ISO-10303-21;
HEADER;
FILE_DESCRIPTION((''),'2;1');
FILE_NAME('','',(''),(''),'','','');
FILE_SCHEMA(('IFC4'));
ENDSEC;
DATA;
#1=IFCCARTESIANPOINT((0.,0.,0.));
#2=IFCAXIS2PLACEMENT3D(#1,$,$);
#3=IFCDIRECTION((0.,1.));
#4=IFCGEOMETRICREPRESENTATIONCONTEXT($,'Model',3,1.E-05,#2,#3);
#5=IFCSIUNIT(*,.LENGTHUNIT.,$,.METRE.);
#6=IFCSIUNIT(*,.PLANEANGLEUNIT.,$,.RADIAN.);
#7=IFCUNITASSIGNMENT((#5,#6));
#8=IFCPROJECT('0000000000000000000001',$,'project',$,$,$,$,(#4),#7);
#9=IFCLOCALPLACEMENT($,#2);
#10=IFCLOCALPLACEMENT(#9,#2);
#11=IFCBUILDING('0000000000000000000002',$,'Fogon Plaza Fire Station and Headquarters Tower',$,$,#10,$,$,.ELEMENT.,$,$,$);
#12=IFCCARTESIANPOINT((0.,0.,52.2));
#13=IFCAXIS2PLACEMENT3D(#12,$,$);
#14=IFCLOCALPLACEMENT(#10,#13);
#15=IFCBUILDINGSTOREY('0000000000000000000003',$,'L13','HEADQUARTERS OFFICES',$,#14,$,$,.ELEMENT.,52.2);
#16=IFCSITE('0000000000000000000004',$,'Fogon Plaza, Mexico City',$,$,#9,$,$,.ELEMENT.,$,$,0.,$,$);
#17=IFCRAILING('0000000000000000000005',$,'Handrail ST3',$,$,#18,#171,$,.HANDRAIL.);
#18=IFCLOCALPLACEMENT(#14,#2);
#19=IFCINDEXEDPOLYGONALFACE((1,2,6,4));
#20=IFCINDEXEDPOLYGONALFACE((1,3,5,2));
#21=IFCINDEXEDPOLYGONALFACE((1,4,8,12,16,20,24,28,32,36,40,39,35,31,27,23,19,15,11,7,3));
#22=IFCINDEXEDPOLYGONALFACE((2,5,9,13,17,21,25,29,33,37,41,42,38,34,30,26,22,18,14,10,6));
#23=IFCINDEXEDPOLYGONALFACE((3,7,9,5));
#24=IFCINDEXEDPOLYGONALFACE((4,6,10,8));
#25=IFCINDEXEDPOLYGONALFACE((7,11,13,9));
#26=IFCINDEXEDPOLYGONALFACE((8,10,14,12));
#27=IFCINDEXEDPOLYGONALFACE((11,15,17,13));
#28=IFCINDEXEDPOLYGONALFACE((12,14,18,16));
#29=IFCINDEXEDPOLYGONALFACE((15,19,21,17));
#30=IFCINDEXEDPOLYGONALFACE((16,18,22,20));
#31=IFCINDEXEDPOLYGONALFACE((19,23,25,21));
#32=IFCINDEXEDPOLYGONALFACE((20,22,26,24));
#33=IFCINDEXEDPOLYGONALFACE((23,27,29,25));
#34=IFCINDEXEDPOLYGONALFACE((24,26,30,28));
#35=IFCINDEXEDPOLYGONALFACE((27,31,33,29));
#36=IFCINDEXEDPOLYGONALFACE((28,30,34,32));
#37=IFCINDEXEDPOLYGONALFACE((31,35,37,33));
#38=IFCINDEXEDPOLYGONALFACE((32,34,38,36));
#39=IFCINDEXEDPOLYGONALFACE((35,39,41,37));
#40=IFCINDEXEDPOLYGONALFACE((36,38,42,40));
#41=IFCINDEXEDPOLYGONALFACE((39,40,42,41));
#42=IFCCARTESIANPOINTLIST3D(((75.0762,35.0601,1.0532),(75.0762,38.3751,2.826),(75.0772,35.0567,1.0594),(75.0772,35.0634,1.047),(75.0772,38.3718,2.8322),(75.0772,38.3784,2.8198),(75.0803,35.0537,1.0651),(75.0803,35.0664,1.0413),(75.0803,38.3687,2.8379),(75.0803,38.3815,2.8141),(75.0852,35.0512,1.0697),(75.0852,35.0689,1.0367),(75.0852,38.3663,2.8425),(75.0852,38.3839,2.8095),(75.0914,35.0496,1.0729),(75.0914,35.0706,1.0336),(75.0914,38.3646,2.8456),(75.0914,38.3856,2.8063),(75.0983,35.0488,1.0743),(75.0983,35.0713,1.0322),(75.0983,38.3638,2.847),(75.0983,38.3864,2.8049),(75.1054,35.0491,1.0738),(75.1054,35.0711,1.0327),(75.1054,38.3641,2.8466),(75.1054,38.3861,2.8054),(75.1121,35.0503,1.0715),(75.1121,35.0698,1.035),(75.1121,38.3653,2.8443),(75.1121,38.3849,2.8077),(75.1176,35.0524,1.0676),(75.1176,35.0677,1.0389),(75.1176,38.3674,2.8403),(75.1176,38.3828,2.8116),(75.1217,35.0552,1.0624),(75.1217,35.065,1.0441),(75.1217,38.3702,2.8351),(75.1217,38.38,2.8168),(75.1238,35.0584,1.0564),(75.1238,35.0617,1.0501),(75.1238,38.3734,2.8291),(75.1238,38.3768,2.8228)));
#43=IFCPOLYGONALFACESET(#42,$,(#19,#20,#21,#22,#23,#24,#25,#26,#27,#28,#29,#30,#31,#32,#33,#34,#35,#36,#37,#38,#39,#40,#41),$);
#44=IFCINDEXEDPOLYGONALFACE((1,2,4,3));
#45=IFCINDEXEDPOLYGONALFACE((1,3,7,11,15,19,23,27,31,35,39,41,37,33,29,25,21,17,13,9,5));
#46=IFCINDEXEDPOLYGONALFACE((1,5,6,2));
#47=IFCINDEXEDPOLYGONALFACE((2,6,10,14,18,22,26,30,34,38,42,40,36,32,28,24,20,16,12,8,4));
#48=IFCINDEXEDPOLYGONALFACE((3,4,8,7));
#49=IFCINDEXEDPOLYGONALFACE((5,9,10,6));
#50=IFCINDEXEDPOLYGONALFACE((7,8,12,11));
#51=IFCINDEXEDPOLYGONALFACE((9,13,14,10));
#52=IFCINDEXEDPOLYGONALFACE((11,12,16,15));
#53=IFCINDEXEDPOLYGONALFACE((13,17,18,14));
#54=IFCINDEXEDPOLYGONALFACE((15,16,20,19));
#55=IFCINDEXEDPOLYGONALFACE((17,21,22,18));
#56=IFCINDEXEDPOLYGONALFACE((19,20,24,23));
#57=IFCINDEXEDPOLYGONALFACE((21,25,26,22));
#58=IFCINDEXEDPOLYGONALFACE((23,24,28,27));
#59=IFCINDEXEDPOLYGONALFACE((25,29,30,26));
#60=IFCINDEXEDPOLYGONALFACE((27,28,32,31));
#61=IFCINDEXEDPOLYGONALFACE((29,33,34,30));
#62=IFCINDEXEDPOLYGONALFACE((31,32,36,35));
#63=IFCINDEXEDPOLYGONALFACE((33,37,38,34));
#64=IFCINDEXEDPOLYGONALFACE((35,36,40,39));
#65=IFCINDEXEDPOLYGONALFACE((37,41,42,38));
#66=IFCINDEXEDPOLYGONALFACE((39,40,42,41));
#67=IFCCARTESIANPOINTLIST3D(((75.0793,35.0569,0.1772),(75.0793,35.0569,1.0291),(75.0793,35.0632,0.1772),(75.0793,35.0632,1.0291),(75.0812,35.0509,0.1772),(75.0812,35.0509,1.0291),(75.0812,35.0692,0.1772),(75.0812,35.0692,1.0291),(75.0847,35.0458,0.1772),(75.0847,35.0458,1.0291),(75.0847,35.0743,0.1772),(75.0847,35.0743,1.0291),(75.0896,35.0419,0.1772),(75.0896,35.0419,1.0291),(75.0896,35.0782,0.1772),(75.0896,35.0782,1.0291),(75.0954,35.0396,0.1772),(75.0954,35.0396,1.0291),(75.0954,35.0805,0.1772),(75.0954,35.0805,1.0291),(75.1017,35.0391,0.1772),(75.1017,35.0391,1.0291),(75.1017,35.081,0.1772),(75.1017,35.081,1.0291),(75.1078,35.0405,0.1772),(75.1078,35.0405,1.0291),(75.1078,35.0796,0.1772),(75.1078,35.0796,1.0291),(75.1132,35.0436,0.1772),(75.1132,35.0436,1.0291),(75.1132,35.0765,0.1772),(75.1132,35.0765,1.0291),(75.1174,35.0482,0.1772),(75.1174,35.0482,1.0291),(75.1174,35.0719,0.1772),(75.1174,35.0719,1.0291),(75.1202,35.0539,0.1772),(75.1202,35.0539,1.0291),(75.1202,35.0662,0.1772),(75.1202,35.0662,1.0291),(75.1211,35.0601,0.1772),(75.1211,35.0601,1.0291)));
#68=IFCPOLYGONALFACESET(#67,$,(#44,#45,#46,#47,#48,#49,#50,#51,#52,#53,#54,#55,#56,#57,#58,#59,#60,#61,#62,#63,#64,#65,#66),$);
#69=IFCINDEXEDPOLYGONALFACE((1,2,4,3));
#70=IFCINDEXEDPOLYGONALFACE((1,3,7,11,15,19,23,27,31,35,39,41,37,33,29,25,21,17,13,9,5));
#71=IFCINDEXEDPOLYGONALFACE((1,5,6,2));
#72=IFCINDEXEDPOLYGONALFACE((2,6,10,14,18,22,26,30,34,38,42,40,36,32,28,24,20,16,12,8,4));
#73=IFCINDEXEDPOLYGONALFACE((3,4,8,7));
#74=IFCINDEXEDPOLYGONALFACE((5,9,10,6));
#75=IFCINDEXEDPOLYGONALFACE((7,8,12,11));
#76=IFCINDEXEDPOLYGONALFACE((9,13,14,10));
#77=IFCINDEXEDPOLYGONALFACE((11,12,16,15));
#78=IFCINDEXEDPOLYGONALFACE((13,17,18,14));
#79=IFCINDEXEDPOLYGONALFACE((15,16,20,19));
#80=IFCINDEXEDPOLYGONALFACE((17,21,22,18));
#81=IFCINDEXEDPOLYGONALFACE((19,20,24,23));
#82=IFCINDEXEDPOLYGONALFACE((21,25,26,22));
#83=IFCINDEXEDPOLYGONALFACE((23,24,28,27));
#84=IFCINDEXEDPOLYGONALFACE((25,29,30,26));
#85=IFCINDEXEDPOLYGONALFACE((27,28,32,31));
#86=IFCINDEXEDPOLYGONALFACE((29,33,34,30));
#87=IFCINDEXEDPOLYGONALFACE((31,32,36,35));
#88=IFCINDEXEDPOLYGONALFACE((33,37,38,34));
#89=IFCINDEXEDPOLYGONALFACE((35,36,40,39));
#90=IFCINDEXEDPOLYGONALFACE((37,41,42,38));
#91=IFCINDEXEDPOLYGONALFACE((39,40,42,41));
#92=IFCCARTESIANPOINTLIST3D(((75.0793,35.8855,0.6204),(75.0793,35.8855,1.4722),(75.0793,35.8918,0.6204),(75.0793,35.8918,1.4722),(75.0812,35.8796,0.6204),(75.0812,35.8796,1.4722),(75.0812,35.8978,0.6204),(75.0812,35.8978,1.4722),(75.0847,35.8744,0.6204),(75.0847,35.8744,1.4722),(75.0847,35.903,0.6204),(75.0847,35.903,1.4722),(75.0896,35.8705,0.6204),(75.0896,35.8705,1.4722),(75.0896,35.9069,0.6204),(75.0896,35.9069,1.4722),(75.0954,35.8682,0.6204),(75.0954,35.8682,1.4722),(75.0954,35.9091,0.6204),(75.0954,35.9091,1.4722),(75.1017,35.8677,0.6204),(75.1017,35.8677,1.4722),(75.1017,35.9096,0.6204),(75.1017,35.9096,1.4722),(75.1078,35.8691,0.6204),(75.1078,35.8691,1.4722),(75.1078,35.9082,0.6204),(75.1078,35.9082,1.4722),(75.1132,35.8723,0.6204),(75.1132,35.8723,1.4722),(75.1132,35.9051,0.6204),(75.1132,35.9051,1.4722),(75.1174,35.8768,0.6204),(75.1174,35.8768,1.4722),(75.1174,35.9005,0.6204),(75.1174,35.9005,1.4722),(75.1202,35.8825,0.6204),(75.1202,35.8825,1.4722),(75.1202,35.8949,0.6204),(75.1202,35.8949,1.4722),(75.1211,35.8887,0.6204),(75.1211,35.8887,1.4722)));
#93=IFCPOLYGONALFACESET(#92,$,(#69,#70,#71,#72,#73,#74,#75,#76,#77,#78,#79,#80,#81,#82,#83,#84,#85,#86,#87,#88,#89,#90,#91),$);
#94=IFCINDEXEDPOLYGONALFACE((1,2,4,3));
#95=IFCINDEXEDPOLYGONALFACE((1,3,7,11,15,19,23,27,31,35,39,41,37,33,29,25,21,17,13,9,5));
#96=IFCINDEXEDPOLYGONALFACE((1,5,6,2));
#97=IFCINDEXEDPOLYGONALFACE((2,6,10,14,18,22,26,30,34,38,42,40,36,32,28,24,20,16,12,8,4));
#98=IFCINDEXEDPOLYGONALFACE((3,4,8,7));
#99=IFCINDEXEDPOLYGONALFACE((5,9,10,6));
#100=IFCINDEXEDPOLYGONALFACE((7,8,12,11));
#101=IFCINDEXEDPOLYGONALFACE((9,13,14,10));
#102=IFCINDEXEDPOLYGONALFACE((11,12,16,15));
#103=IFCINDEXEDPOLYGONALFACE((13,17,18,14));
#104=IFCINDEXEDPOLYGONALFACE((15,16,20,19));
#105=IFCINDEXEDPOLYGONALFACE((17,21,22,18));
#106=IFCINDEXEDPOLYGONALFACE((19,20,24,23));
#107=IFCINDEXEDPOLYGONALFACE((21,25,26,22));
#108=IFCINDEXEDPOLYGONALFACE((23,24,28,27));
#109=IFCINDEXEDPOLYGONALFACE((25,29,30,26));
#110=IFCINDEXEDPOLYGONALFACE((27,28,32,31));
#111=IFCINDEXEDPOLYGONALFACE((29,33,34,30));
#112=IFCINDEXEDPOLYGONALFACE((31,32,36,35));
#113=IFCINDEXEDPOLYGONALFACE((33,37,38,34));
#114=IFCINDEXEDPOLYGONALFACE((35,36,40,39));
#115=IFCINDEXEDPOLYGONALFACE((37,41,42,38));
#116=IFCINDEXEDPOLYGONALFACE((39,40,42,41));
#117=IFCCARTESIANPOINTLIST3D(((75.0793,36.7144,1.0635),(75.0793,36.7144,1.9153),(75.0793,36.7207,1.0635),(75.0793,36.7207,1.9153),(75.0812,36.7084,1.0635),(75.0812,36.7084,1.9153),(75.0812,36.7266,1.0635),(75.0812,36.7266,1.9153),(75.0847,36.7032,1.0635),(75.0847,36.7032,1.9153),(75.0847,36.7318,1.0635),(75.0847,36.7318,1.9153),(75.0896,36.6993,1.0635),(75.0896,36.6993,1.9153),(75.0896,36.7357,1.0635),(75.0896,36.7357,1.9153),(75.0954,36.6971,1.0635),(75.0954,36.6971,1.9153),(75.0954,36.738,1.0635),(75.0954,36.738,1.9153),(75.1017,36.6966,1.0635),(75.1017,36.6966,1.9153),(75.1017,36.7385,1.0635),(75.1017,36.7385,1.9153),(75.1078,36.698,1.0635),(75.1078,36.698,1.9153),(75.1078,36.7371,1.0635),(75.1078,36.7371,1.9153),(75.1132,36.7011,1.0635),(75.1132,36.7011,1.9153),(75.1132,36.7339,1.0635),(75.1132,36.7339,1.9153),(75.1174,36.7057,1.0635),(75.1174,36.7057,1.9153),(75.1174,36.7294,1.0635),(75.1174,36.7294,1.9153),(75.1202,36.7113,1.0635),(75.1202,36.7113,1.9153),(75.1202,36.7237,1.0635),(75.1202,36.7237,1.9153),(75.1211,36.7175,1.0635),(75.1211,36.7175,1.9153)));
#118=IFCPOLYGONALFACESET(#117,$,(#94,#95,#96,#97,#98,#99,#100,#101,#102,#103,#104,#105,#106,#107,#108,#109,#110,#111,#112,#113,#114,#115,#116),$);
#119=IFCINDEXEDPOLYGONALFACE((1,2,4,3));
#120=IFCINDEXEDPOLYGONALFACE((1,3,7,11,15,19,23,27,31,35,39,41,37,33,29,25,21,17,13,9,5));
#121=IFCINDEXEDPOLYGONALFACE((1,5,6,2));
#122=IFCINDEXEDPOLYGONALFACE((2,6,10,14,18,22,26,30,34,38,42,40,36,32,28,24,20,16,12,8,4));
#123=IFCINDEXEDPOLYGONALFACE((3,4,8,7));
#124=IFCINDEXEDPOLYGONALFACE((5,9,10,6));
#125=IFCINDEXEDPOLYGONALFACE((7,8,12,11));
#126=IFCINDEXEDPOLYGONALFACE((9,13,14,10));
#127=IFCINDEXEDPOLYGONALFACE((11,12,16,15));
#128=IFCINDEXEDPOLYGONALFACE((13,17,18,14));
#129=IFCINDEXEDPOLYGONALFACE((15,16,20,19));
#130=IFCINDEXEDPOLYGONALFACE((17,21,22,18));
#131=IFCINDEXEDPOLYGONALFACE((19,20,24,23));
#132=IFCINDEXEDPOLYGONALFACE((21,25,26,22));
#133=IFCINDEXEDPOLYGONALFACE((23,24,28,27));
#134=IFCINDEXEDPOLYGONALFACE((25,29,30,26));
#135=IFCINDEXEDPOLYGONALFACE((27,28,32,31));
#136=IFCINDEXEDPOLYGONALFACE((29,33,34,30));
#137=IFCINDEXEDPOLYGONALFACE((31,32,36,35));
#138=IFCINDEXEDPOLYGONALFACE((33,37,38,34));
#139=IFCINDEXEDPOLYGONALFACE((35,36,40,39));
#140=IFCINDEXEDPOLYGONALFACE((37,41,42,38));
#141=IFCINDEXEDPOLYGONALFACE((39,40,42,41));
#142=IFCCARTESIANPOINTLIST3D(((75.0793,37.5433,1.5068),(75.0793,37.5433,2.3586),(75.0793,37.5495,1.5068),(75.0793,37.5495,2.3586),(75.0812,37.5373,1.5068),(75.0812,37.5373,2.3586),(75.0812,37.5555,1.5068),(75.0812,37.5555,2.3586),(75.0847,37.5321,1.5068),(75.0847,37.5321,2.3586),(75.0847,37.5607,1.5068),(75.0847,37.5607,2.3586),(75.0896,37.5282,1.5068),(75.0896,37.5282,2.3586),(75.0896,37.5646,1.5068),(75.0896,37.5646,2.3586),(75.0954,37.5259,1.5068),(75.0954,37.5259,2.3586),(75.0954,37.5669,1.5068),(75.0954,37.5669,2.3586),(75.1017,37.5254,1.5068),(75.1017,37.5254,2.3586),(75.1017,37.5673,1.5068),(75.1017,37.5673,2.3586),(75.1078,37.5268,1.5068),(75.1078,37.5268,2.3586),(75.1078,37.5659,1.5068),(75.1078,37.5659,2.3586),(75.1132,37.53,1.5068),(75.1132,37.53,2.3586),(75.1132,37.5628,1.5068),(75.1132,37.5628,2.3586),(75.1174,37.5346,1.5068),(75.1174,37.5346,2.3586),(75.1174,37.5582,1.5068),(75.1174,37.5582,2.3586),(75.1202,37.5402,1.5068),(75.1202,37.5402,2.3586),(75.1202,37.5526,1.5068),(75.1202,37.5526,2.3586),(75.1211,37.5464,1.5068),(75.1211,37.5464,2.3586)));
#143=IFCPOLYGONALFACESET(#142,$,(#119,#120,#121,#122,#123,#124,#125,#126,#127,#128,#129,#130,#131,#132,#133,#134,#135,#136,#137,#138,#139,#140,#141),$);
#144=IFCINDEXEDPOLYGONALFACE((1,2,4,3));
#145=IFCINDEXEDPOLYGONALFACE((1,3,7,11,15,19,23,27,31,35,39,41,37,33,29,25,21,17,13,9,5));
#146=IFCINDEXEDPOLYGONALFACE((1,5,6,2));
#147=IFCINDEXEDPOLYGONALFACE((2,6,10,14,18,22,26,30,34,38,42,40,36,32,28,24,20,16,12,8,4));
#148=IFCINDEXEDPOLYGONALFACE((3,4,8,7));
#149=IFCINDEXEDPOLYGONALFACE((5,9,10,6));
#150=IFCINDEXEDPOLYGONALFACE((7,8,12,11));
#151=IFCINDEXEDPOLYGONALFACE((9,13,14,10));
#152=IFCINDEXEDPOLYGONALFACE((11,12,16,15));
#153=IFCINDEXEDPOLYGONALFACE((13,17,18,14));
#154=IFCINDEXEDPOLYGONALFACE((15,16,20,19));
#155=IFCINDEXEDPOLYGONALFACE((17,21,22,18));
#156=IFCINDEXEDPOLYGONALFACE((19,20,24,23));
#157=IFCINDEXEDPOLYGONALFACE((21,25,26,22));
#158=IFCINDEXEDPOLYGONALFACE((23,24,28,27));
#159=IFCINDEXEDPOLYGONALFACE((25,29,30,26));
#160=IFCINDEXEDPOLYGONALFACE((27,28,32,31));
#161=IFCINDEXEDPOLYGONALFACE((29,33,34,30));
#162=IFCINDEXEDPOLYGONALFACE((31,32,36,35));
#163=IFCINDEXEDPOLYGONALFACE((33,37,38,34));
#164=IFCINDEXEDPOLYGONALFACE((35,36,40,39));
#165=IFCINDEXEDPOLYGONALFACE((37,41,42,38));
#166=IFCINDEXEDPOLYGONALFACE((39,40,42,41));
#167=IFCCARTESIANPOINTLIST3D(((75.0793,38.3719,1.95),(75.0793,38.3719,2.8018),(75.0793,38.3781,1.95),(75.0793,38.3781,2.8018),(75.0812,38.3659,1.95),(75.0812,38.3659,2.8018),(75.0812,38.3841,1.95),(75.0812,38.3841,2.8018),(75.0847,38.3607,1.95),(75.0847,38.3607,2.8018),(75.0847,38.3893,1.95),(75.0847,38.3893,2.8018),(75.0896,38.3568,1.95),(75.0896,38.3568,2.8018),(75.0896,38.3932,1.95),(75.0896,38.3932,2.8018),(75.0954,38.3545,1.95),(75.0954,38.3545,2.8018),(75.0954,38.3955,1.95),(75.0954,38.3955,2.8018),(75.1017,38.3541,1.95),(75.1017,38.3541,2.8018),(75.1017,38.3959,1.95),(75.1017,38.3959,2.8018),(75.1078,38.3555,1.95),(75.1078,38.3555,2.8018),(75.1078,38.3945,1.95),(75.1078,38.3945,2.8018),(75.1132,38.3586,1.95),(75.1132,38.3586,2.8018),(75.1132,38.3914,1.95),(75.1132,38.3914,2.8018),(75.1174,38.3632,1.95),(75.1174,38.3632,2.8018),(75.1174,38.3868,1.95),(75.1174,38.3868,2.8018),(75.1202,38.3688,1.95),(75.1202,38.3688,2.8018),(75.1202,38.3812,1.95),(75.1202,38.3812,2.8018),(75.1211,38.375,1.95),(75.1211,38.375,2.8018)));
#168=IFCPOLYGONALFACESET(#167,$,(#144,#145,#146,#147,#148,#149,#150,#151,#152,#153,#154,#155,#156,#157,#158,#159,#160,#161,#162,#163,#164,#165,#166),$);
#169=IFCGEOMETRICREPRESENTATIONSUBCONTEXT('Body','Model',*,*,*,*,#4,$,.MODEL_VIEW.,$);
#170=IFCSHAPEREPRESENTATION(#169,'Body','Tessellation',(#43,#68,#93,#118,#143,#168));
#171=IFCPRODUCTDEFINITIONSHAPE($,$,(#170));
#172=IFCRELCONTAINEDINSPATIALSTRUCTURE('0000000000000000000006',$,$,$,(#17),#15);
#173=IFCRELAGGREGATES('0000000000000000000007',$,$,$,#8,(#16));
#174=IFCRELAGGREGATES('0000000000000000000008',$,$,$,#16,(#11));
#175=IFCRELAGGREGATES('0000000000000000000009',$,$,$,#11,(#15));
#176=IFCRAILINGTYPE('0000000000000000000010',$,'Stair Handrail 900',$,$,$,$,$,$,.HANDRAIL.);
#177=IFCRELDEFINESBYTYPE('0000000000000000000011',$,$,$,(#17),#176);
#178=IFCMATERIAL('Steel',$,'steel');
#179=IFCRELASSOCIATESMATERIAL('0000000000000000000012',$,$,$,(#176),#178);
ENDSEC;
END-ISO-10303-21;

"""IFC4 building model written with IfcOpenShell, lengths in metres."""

from ifc_helpers import new_model, si_unit, direction, frame, origin, origin_2d, place, context, subcontext, project, spatial, circle, extrude, material, type_object, element, save


model = new_model("IFC4")

# Units and contexts
model_context = context("Model", 3, precision=1e-05, world=origin(), true_north=direction((0.0, 1.0)))
body_context = subcontext(model_context, "Body", "Model", "MODEL_VIEW")
ifc_project = project(units=[si_unit("LENGTHUNIT", "METRE"), si_unit("PLANEANGLEUNIT", "RADIAN")], contexts=[model_context])

# Site, building, storey
site_placement = place(None, origin())
site = spatial("IfcSite", under=ifc_project, at=site_placement, Name="Fogon Plaza, Mexico City", CompositionType="ELEMENT", RefElevation=0.0)
building_placement = place(site_placement, origin())
building = spatial("IfcBuilding", under=site, at=building_placement, Name="Fogon Plaza Fire Station and Headquarters Tower", CompositionType="ELEMENT")
storey_placement = place(building_placement, frame((0.0, 0.0, 52.2)))
storey = spatial("IfcBuildingStorey", under=building, at=storey_placement, Name="L13", Description="HEADQUARTERS OFFICES", CompositionType="ELEMENT", Elevation=52.2)

# Railing
ifc_material_1 = material(Name="Steel", Category="steel")
railing_type = type_object("IfcRailingType", Name="Stair Handrail 900", PredefinedType="HANDRAIL", material=ifc_material_1)
for number, where, name in (
    (1, (75.1001, 35.0601, 0.1772), "Handrail ST3"),
):
    element("IfcRailing", number, at=place(storey_placement, frame(where)), inside=storey, type_object=railing_type, Name=name, PredefinedType="HANDRAIL", context=body_context, shape_type="SweptSolid", body=[
        extrude(circle(Radius=0.0239, at=origin_2d()), frame((0.0, 0.0, 0.876), z_axis=(0.0, 0.881829, 0.471569), x_axis=(-1.0, 0.0, 0.0)), (0.0, 0.0, 1.0), 3.7593),
        extrude(circle(Radius=0.021, at=origin_2d()), origin(), (0.0, 0.0, 1.0), 0.8518),
        extrude(circle(Radius=0.021, at=origin_2d()), frame((0.0, 0.8286, 0.4431)), (0.0, 0.0, 1.0), 0.8518),
        extrude(circle(Radius=0.021, at=origin_2d()), frame((0.0, 1.6575, 0.8862)), (0.0, 0.0, 1.0), 0.8518),
        extrude(circle(Radius=0.021, at=origin_2d()), frame((0.0, 2.4863, 1.3296)), (0.0, 0.0, 1.0), 0.8518),
        extrude(circle(Radius=0.021, at=origin_2d()), frame((0.0, 3.3149, 1.7727)), (0.0, 0.0, 1.0), 0.8518),
    ])

save(model, "model.ifc")
